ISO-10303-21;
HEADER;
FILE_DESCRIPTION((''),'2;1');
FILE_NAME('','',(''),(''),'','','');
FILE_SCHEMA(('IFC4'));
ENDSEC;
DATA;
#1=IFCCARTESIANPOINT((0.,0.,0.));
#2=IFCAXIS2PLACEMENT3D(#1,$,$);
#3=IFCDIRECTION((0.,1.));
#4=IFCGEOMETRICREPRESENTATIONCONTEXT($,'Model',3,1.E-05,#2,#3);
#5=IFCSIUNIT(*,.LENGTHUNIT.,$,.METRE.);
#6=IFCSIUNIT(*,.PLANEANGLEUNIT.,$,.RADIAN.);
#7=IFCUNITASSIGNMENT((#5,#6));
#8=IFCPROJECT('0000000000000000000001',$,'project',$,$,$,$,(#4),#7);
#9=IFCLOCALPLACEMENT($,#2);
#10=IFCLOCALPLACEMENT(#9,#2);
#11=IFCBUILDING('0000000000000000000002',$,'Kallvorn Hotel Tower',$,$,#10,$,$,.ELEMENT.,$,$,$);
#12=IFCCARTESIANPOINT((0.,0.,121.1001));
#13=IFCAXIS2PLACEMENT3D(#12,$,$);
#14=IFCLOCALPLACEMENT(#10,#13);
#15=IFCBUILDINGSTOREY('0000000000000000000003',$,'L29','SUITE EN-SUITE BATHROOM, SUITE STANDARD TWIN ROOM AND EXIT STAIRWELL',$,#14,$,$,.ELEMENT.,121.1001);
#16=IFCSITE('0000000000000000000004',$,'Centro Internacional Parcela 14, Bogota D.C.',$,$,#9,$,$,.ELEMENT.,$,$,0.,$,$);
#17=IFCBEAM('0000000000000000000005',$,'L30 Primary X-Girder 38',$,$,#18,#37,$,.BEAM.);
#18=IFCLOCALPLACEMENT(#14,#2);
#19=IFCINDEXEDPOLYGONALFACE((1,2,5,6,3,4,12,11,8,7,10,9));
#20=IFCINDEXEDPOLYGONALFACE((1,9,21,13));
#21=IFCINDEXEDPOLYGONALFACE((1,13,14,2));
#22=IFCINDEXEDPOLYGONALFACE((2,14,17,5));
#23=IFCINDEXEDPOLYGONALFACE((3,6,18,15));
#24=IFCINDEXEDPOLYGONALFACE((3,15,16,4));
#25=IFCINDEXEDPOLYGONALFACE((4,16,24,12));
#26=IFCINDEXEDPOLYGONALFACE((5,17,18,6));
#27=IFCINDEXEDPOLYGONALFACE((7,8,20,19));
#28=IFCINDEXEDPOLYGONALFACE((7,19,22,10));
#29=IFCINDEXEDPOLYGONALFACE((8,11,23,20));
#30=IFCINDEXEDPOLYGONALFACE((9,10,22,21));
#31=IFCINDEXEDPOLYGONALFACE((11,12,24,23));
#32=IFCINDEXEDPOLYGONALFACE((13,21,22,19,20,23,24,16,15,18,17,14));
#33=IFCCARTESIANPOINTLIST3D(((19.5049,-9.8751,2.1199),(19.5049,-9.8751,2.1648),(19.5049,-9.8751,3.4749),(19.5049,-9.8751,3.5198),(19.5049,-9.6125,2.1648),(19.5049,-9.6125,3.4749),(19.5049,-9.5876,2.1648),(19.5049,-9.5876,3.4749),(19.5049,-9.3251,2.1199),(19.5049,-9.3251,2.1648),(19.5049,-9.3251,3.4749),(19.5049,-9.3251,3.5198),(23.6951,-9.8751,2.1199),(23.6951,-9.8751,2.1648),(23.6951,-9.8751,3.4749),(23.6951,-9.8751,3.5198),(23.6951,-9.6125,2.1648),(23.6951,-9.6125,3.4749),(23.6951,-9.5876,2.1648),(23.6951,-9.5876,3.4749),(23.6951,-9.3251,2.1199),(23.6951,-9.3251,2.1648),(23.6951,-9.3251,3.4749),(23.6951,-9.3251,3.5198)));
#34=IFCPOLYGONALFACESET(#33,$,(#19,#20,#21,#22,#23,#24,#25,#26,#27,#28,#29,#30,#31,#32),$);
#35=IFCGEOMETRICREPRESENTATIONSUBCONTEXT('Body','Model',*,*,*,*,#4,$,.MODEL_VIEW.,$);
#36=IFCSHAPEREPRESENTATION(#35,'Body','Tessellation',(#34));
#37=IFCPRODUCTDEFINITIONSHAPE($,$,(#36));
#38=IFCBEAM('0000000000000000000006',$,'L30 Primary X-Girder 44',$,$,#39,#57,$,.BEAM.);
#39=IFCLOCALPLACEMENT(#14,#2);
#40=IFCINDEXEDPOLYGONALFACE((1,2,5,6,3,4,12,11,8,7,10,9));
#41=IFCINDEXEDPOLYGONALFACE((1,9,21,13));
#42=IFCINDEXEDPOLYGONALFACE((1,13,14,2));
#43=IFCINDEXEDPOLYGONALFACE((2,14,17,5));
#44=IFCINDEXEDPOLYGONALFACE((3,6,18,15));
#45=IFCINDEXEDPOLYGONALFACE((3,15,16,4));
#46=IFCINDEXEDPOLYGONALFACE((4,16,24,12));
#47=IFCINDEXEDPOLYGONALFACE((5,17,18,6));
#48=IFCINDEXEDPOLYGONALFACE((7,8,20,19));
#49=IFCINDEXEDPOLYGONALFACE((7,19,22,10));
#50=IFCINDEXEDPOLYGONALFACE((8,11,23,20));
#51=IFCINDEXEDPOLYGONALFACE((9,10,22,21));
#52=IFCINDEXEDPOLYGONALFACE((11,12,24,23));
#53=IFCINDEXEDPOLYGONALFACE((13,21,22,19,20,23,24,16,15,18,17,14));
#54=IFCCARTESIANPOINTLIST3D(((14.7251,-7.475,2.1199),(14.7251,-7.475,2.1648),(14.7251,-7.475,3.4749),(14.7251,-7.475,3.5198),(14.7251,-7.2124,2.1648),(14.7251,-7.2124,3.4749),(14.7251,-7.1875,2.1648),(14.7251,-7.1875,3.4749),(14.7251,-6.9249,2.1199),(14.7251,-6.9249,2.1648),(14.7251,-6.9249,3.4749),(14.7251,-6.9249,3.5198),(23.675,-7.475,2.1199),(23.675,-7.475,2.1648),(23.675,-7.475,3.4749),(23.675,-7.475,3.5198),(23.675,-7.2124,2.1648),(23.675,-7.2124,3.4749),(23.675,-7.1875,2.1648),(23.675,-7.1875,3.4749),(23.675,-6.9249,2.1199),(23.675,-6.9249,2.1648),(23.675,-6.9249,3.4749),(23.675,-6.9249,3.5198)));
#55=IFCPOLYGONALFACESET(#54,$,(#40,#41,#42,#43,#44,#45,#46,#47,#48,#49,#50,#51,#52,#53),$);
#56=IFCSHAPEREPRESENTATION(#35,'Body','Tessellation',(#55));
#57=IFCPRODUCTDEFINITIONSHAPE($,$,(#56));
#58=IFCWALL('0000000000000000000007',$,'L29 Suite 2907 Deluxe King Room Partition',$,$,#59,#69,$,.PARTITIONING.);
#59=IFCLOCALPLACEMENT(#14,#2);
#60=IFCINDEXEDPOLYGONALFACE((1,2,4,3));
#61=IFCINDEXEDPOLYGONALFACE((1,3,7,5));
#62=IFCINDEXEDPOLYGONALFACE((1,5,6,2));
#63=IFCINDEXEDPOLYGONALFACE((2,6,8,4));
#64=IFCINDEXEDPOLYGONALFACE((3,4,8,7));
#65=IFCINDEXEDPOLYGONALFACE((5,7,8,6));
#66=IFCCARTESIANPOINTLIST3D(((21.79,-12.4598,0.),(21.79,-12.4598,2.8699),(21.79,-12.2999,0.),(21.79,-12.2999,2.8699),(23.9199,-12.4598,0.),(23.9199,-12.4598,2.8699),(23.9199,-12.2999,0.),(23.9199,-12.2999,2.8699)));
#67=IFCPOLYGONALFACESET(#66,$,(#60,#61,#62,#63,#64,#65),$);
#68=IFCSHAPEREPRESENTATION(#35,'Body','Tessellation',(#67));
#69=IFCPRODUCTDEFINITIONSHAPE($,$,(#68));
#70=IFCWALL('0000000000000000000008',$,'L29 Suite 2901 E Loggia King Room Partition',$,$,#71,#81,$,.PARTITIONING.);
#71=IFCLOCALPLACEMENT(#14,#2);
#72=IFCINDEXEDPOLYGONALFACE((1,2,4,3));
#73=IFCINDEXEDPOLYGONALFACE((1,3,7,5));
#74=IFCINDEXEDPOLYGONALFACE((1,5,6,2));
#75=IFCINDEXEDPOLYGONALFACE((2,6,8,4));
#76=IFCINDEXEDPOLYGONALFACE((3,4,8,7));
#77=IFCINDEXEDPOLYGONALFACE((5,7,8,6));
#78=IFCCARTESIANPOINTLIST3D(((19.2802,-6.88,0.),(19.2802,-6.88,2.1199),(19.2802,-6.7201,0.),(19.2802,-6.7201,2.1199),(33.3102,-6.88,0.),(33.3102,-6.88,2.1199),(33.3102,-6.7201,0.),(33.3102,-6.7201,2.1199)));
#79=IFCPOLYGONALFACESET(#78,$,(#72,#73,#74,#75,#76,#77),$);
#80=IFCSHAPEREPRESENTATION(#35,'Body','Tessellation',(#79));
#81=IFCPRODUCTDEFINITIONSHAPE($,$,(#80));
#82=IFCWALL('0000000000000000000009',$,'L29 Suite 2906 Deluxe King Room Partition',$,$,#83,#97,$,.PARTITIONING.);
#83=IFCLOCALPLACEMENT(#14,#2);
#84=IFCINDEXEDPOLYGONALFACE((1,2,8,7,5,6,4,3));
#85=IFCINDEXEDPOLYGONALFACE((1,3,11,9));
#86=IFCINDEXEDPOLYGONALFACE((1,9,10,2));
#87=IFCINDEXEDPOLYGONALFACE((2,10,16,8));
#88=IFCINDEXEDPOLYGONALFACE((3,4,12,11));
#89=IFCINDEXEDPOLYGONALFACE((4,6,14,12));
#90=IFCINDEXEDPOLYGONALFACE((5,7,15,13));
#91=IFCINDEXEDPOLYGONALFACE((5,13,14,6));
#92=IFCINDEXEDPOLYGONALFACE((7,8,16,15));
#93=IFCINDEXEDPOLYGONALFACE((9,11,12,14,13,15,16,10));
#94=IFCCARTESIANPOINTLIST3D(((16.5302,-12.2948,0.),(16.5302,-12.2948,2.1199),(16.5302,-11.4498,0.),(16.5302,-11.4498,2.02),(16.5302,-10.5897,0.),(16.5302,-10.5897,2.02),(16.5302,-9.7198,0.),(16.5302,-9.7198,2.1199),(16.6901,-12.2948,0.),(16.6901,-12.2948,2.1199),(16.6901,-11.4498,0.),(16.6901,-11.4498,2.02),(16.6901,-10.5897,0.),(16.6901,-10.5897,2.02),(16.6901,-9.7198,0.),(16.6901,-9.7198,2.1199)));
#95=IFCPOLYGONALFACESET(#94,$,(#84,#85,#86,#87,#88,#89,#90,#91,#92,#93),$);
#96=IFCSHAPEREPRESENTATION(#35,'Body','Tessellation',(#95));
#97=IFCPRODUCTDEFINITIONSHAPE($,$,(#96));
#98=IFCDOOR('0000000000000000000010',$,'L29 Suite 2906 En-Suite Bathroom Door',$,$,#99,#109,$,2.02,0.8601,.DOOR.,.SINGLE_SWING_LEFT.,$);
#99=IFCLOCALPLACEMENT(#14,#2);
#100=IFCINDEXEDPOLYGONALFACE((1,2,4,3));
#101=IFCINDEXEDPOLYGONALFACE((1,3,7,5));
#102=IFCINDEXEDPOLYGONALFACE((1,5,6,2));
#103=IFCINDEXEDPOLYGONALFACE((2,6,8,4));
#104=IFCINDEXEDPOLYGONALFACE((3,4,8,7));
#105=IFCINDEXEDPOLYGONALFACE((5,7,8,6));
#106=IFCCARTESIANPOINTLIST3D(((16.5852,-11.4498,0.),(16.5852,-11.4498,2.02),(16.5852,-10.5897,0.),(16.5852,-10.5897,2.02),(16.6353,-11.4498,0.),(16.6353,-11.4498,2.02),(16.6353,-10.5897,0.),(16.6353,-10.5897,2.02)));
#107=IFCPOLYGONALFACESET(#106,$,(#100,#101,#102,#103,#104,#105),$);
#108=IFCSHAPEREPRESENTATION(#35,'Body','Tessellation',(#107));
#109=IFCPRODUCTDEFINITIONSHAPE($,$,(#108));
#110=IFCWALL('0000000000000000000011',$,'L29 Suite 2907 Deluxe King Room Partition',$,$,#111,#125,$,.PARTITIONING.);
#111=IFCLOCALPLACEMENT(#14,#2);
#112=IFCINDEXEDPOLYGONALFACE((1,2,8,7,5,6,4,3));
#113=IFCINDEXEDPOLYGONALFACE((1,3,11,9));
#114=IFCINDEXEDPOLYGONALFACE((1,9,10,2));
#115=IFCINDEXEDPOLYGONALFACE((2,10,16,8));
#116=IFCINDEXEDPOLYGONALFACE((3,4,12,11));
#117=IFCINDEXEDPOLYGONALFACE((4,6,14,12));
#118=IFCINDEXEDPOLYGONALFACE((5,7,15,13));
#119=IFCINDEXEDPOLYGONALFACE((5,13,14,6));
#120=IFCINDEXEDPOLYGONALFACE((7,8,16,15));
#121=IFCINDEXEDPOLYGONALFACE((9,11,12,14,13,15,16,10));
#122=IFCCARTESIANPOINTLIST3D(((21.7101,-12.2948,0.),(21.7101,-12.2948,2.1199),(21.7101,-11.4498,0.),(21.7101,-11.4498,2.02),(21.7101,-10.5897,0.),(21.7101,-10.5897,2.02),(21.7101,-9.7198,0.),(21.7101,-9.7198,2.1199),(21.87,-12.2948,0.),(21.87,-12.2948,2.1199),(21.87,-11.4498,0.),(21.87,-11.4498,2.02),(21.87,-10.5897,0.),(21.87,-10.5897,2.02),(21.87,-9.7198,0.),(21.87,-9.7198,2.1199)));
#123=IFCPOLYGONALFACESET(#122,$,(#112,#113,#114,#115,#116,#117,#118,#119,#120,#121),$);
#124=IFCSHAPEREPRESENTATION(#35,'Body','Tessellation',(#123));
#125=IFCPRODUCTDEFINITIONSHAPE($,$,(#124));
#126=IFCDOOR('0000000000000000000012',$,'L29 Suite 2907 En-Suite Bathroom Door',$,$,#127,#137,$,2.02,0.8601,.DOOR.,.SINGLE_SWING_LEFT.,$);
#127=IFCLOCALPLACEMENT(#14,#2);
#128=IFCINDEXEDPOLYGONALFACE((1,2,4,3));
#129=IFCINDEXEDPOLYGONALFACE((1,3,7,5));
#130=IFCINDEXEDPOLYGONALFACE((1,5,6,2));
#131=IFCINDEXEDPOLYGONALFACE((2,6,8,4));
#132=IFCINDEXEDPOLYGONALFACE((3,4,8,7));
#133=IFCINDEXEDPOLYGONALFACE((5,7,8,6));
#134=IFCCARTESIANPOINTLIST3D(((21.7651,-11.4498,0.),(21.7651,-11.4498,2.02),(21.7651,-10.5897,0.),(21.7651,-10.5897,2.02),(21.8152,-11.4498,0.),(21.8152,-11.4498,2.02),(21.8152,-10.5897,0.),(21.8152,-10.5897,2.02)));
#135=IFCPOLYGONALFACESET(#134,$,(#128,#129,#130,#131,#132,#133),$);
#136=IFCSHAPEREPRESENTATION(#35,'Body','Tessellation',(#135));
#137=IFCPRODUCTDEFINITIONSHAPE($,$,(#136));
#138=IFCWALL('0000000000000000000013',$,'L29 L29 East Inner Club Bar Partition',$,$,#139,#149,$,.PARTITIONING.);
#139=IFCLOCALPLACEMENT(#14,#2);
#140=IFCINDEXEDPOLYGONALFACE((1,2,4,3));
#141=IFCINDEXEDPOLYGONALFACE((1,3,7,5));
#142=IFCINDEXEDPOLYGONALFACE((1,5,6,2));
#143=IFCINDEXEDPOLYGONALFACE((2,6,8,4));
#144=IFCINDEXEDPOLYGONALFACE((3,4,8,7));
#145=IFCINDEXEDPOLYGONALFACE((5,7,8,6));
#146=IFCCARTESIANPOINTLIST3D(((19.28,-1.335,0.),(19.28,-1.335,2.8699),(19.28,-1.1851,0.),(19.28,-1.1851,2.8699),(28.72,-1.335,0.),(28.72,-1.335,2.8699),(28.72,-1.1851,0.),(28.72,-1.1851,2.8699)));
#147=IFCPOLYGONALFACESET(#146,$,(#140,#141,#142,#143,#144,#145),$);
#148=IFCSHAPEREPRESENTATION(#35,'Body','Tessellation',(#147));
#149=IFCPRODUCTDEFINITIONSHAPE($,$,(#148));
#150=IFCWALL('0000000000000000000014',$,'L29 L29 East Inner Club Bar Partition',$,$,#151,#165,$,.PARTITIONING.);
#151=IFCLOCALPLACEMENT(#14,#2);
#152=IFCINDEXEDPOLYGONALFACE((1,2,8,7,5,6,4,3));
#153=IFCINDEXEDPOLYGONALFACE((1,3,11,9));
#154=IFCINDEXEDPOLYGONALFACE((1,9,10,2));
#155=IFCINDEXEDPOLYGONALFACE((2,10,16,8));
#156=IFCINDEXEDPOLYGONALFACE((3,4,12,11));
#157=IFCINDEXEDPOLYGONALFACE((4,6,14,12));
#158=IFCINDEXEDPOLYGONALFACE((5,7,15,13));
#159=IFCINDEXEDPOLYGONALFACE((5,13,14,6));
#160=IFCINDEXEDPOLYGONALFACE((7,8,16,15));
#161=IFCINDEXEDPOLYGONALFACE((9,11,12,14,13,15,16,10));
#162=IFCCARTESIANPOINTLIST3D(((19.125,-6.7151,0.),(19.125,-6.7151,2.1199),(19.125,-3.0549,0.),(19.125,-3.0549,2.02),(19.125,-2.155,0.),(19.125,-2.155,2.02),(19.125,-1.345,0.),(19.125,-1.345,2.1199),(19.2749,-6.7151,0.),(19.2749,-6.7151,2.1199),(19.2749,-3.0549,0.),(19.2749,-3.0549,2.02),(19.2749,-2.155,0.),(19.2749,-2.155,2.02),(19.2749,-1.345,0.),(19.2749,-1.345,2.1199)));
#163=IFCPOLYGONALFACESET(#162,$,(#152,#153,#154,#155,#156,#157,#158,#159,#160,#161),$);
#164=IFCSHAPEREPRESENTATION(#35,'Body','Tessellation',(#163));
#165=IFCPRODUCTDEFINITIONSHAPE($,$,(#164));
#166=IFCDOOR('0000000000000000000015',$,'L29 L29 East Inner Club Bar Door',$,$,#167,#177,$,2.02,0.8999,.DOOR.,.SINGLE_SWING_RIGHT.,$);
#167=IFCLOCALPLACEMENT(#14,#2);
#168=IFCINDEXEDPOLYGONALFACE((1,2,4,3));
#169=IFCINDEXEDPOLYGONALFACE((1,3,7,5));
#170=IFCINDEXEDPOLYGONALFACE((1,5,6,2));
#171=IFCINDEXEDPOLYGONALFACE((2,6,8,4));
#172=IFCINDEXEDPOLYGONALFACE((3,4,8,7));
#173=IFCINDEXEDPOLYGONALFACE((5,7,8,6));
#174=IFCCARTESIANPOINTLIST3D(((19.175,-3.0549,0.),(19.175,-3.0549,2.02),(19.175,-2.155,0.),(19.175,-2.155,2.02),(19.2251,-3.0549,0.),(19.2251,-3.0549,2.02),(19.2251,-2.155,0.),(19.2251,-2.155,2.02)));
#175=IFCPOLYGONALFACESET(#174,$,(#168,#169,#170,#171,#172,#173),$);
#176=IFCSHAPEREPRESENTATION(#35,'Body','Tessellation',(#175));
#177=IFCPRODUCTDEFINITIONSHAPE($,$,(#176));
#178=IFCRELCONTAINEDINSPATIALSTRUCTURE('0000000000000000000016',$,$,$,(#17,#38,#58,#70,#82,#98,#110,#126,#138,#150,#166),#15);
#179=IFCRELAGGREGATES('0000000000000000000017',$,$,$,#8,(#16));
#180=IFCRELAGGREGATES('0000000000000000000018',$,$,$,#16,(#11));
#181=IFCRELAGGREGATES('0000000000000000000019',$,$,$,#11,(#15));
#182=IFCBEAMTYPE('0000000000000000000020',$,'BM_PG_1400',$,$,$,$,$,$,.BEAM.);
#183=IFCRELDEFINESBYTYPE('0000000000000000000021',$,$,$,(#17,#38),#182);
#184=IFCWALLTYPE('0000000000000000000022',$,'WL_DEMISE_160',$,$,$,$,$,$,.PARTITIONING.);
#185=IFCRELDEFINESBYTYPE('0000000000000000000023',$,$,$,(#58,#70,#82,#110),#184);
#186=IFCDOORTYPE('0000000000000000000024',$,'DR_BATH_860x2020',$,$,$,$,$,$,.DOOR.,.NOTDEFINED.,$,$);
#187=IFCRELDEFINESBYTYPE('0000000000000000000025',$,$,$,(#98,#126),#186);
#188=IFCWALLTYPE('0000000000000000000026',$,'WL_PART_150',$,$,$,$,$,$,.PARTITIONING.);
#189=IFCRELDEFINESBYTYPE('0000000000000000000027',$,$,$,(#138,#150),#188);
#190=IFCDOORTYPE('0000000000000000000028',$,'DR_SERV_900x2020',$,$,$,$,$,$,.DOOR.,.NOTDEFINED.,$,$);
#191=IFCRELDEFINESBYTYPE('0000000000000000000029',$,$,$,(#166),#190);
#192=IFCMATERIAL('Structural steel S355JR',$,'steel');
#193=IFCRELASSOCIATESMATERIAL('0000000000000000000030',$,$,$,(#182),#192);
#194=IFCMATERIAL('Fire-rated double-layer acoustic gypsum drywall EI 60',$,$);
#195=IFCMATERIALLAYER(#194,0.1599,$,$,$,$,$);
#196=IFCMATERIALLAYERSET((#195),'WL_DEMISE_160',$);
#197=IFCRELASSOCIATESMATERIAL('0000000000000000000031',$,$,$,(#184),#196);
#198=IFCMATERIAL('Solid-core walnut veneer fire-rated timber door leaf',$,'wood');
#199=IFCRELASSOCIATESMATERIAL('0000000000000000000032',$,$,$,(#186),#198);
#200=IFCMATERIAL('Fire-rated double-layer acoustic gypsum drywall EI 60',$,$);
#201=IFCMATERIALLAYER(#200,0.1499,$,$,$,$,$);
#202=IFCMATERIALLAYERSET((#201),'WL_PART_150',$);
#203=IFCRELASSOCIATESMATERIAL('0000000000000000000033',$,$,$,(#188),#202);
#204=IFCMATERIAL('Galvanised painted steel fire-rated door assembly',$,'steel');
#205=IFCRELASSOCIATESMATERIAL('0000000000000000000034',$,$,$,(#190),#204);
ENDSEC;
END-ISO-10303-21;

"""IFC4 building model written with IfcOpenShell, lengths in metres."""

from ifc_helpers import new_model, si_unit, direction, frame, frame_2d, origin, origin_2d, place, context, subcontext, project, spatial, rectangle, i_section, extrude, material, layer, layer_set, material_profile, profile_set, type_object, element, fill, save


model = new_model("IFC4")

# Units and contexts
model_context = context("Model", 3, precision=1e-05, world=origin(), true_north=direction((0.0, 1.0)))
body_context = subcontext(model_context, "Body", "Model", "MODEL_VIEW")
ifc_project = project(units=[si_unit("LENGTHUNIT", "METRE"), si_unit("PLANEANGLEUNIT", "RADIAN")], contexts=[model_context])

# Site, building, storey
site_placement = place(None, origin())
site = spatial("IfcSite", under=ifc_project, at=site_placement, Name="Centro Internacional Parcela 14, Bogota D.C.", CompositionType="ELEMENT", RefElevation=0.0)
building_placement = place(site_placement, origin())
building = spatial("IfcBuilding", under=site, at=building_placement, Name="Kallvorn Hotel Tower", CompositionType="ELEMENT")
storey_placement = place(building_placement, frame((0.0, 0.0, 121.1001)))
storey = spatial("IfcBuildingStorey", under=building, at=storey_placement, Name="L29", Description="SUITE EN-SUITE BATHROOM, SUITE STANDARD TWIN ROOM AND EXIT STAIRWELL", CompositionType="ELEMENT", Elevation=121.1001)

# Beams
ifc_material_1 = material(Name="Structural steel S355JR", Category="steel")
ifc_material_profile_1 = material_profile(ifc_material_1, i_section(OverallWidth=0.55, OverallDepth=1.3999, WebThickness=0.0249, FlangeThickness=0.0449, at=origin_2d()), Name="PG 1400x550x25x45")
ifc_profile_set_1 = profile_set([ifc_material_profile_1], Name="Structural steel S355JR")
beam_type_1 = type_object("IfcBeamType", Name="BM_PG_1400", PredefinedType="BEAM", material=ifc_profile_set_1)
beam_1_placement = place(storey_placement, frame((19.5049, -9.6001, 2.8198), z_axis=(1.0, 0.0, 0.0), x_axis=(0.0, 1.0, 0.0)))
element("IfcBeam", 1, at=beam_1_placement, inside=storey, type_object=beam_type_1, Name="L30 Primary X-Girder 38", PredefinedType="BEAM", context=body_context, shape_type="SweptSolid", body=[
    extrude(i_section(OverallWidth=0.55, OverallDepth=1.3999, WebThickness=0.0249, FlangeThickness=0.0449, at=origin_2d()), origin(), (0.0, 0.0, 1.0), 4.1902),
])
beam_2_placement = place(storey_placement, frame((14.7251, -7.2, 2.8198), z_axis=(1.0, 0.0, 0.0), x_axis=(0.0, 1.0, 0.0)))
element("IfcBeam", 2, at=beam_2_placement, inside=storey, type_object=beam_type_1, Name="L30 Primary X-Girder 44", PredefinedType="BEAM", context=body_context, shape_type="SweptSolid", body=[
    extrude(i_section(OverallWidth=0.55, OverallDepth=1.3999, WebThickness=0.0249, FlangeThickness=0.0449, at=origin_2d()), origin(), (0.0, 0.0, 1.0), 8.95),
])

# Walls
ifc_material_2 = material(Name="Fire-rated double-layer acoustic gypsum drywall EI 60")
ifc_layer_1 = layer(ifc_material_2, 0.1599)
ifc_layer_set_1 = layer_set([ifc_layer_1], Name="WL_DEMISE_160")
wall_type_1 = type_object("IfcWallType", Name="WL_DEMISE_160", PredefinedType="PARTITIONING", material=ifc_layer_set_1)
wall_1_placement = place(storey_placement, frame((21.79, -12.3799, 0.0), z_axis=(0.0, 0.0, 1.0), x_axis=(1.0, 0.0, 0.0)))
element("IfcWall", 3, at=wall_1_placement, inside=storey, type_object=wall_type_1, Name="L29 Suite 2907 Deluxe King Room Partition", PredefinedType="PARTITIONING", context=body_context, shape_type="SweptSolid", body=[
    extrude(rectangle(XDim=2.1299, YDim=0.1599, at=frame_2d((1.0649, 0.0))), origin(), (0.0, 0.0, 1.0), 2.8699),
])
wall_2_placement = place(storey_placement, frame((19.28, -6.8, 0.0), z_axis=(0.0, 0.0, 1.0), x_axis=(1.0, 0.0, 0.0)))
element("IfcWall", 4, at=wall_2_placement, inside=storey, type_object=wall_type_1, Name="L29 Suite 2901 E Loggia King Room Partition", PredefinedType="PARTITIONING", context=body_context, shape_type="SweptSolid", body=[
    extrude(rectangle(XDim=14.03, YDim=0.1599, at=frame_2d((7.0151, 0.0))), origin(), (0.0, 0.0, 1.0), 2.1199),
])

# Walls, openings, doors
wall_3_placement = place(storey_placement, frame((16.6101, -12.2949, 0.0), z_axis=(0.0, 0.0, 1.0), x_axis=(0.0, 1.0, 0.0)))
wall_3 = element("IfcWall", 5, at=wall_3_placement, inside=storey, type_object=wall_type_1, Name="L29 Suite 2906 Deluxe King Room Partition", PredefinedType="PARTITIONING", context=body_context, shape_type="SweptSolid", body=[
    extrude(rectangle(XDim=2.575, YDim=0.1599, at=frame_2d((1.2876, 0.0))), origin(), (0.0, 0.0, 1.0), 2.1199),
])
opening_1_placement = place(wall_3_placement, frame((0.845, 0.0, 0.0)))
opening_1 = element("IfcOpeningElement", 6, at=opening_1_placement, cuts=wall_3, PredefinedType="OPENING", context=body_context, shape_type="SweptSolid", body=[
    extrude(rectangle(XDim=0.8601, YDim=2.02, at=frame_2d((0.4302, 1.01))), frame((0.0, 0.095, 0.0), z_axis=(0.0, -1.0, 0.0), x_axis=(1.0, 0.0, 0.0)), (0.0, 0.0, 1.0), 0.1899),
])
ifc_material_3 = material(Name="Solid-core walnut veneer fire-rated timber door leaf", Category="wood")
door_type_1 = type_object("IfcDoorType", Name="DR_BATH_860x2020", OperationType="NOTDEFINED", PredefinedType="DOOR", material=ifc_material_3)
door_1_placement = place(opening_1_placement, origin())
door_1 = element("IfcDoor", 7, at=door_1_placement, inside=storey, type_object=door_type_1, Name="L29 Suite 2906 En-Suite Bathroom Door", OperationType="SINGLE_SWING_LEFT", OverallHeight=2.02, OverallWidth=0.8601, PredefinedType="DOOR", context=body_context, shape_type="SweptSolid", body=[
    extrude(rectangle(XDim=0.8601, YDim=2.02, at=frame_2d((0.4302, 1.01))), frame((0.0, 0.0249, 0.0), z_axis=(0.0, -1.0, 0.0), x_axis=(1.0, 0.0, 0.0)), (0.0, 0.0, 1.0), 0.05),
])
fill(opening_1, door_1)
wall_4_placement = place(storey_placement, frame((21.79, -12.2949, 0.0), z_axis=(0.0, 0.0, 1.0), x_axis=(0.0, 1.0, 0.0)))
wall_4 = element("IfcWall", 8, at=wall_4_placement, inside=storey, type_object=wall_type_1, Name="L29 Suite 2907 Deluxe King Room Partition", PredefinedType="PARTITIONING", context=body_context, shape_type="SweptSolid", body=[
    extrude(rectangle(XDim=2.575, YDim=0.1599, at=frame_2d((1.2876, 0.0))), origin(), (0.0, 0.0, 1.0), 2.1199),
])
opening_2_placement = place(wall_4_placement, frame((0.845, 0.0, 0.0)))
opening_2 = element("IfcOpeningElement", 9, at=opening_2_placement, cuts=wall_4, PredefinedType="OPENING", context=body_context, shape_type="SweptSolid", body=[
    extrude(rectangle(XDim=0.8601, YDim=2.02, at=frame_2d((0.4302, 1.01))), frame((0.0, 0.095, 0.0), z_axis=(0.0, -1.0, 0.0), x_axis=(1.0, 0.0, 0.0)), (0.0, 0.0, 1.0), 0.1899),
])
door_2_placement = place(opening_2_placement, origin())
door_2 = element("IfcDoor", 10, at=door_2_placement, inside=storey, type_object=door_type_1, Name="L29 Suite 2907 En-Suite Bathroom Door", OperationType="SINGLE_SWING_LEFT", OverallHeight=2.02, OverallWidth=0.8601, PredefinedType="DOOR", context=body_context, shape_type="SweptSolid", body=[
    extrude(rectangle(XDim=0.8601, YDim=2.02, at=frame_2d((0.4302, 1.01))), frame((0.0, 0.0249, 0.0), z_axis=(0.0, -1.0, 0.0), x_axis=(1.0, 0.0, 0.0)), (0.0, 0.0, 1.0), 0.05),
])
fill(opening_2, door_2)

# Wall
ifc_material_4 = material(Name="Fire-rated double-layer acoustic gypsum drywall EI 60")
ifc_layer_2 = layer(ifc_material_4, 0.1499)
ifc_layer_set_2 = layer_set([ifc_layer_2], Name="WL_PART_150")
wall_type_2 = type_object("IfcWallType", Name="WL_PART_150", PredefinedType="PARTITIONING", material=ifc_layer_set_2)
wall_5_placement = place(storey_placement, frame((19.28, -1.26, 0.0), z_axis=(0.0, 0.0, 1.0), x_axis=(1.0, 0.0, 0.0)))
element("IfcWall", 11, at=wall_5_placement, inside=storey, type_object=wall_type_2, Name="L29 L29 East Inner Club Bar Partition", PredefinedType="PARTITIONING", context=body_context, shape_type="SweptSolid", body=[
    extrude(rectangle(XDim=9.4399, YDim=0.1499, at=frame_2d((4.72, 0.0))), origin(), (0.0, 0.0, 1.0), 2.8699),
])

# Wall, opening, door
wall_6_placement = place(storey_placement, frame((19.2, -6.7151, 0.0), z_axis=(0.0, 0.0, 1.0), x_axis=(0.0, 1.0, 0.0)))
wall_6 = element("IfcWall", 12, at=wall_6_placement, inside=storey, type_object=wall_type_2, Name="L29 L29 East Inner Club Bar Partition", PredefinedType="PARTITIONING", context=body_context, shape_type="SweptSolid", body=[
    extrude(rectangle(XDim=5.3701, YDim=0.1499, at=frame_2d((2.6851, 0.0))), origin(), (0.0, 0.0, 1.0), 2.1199),
])
opening_3_placement = place(wall_6_placement, frame((3.6602, 0.0, 0.0)))
opening_3 = element("IfcOpeningElement", 13, at=opening_3_placement, cuts=wall_6, PredefinedType="OPENING", context=body_context, shape_type="SweptSolid", body=[
    extrude(rectangle(XDim=0.8999, YDim=2.02, at=frame_2d((0.45, 1.01))), frame((0.0, 0.0898, 0.0), z_axis=(0.0, -1.0, 0.0), x_axis=(1.0, 0.0, 0.0)), (0.0, 0.0, 1.0), 0.1799),
])
ifc_material_5 = material(Name="Galvanised painted steel fire-rated door assembly", Category="steel")
door_type_2 = type_object("IfcDoorType", Name="DR_SERV_900x2020", OperationType="NOTDEFINED", PredefinedType="DOOR", material=ifc_material_5)
door_3_placement = place(opening_3_placement, origin())
door_3 = element("IfcDoor", 14, at=door_3_placement, inside=storey, type_object=door_type_2, Name="L29 L29 East Inner Club Bar Door", OperationType="SINGLE_SWING_RIGHT", OverallHeight=2.02, OverallWidth=0.8999, PredefinedType="DOOR", context=body_context, shape_type="SweptSolid", body=[
    extrude(rectangle(XDim=0.8999, YDim=2.02, at=frame_2d((0.45, 1.01))), frame((0.0, 0.0249, 0.0), z_axis=(0.0, -1.0, 0.0), x_axis=(1.0, 0.0, 0.0)), (0.0, 0.0, 1.0), 0.05),
])
fill(opening_3, door_3)

save(model, "model.ifc")
